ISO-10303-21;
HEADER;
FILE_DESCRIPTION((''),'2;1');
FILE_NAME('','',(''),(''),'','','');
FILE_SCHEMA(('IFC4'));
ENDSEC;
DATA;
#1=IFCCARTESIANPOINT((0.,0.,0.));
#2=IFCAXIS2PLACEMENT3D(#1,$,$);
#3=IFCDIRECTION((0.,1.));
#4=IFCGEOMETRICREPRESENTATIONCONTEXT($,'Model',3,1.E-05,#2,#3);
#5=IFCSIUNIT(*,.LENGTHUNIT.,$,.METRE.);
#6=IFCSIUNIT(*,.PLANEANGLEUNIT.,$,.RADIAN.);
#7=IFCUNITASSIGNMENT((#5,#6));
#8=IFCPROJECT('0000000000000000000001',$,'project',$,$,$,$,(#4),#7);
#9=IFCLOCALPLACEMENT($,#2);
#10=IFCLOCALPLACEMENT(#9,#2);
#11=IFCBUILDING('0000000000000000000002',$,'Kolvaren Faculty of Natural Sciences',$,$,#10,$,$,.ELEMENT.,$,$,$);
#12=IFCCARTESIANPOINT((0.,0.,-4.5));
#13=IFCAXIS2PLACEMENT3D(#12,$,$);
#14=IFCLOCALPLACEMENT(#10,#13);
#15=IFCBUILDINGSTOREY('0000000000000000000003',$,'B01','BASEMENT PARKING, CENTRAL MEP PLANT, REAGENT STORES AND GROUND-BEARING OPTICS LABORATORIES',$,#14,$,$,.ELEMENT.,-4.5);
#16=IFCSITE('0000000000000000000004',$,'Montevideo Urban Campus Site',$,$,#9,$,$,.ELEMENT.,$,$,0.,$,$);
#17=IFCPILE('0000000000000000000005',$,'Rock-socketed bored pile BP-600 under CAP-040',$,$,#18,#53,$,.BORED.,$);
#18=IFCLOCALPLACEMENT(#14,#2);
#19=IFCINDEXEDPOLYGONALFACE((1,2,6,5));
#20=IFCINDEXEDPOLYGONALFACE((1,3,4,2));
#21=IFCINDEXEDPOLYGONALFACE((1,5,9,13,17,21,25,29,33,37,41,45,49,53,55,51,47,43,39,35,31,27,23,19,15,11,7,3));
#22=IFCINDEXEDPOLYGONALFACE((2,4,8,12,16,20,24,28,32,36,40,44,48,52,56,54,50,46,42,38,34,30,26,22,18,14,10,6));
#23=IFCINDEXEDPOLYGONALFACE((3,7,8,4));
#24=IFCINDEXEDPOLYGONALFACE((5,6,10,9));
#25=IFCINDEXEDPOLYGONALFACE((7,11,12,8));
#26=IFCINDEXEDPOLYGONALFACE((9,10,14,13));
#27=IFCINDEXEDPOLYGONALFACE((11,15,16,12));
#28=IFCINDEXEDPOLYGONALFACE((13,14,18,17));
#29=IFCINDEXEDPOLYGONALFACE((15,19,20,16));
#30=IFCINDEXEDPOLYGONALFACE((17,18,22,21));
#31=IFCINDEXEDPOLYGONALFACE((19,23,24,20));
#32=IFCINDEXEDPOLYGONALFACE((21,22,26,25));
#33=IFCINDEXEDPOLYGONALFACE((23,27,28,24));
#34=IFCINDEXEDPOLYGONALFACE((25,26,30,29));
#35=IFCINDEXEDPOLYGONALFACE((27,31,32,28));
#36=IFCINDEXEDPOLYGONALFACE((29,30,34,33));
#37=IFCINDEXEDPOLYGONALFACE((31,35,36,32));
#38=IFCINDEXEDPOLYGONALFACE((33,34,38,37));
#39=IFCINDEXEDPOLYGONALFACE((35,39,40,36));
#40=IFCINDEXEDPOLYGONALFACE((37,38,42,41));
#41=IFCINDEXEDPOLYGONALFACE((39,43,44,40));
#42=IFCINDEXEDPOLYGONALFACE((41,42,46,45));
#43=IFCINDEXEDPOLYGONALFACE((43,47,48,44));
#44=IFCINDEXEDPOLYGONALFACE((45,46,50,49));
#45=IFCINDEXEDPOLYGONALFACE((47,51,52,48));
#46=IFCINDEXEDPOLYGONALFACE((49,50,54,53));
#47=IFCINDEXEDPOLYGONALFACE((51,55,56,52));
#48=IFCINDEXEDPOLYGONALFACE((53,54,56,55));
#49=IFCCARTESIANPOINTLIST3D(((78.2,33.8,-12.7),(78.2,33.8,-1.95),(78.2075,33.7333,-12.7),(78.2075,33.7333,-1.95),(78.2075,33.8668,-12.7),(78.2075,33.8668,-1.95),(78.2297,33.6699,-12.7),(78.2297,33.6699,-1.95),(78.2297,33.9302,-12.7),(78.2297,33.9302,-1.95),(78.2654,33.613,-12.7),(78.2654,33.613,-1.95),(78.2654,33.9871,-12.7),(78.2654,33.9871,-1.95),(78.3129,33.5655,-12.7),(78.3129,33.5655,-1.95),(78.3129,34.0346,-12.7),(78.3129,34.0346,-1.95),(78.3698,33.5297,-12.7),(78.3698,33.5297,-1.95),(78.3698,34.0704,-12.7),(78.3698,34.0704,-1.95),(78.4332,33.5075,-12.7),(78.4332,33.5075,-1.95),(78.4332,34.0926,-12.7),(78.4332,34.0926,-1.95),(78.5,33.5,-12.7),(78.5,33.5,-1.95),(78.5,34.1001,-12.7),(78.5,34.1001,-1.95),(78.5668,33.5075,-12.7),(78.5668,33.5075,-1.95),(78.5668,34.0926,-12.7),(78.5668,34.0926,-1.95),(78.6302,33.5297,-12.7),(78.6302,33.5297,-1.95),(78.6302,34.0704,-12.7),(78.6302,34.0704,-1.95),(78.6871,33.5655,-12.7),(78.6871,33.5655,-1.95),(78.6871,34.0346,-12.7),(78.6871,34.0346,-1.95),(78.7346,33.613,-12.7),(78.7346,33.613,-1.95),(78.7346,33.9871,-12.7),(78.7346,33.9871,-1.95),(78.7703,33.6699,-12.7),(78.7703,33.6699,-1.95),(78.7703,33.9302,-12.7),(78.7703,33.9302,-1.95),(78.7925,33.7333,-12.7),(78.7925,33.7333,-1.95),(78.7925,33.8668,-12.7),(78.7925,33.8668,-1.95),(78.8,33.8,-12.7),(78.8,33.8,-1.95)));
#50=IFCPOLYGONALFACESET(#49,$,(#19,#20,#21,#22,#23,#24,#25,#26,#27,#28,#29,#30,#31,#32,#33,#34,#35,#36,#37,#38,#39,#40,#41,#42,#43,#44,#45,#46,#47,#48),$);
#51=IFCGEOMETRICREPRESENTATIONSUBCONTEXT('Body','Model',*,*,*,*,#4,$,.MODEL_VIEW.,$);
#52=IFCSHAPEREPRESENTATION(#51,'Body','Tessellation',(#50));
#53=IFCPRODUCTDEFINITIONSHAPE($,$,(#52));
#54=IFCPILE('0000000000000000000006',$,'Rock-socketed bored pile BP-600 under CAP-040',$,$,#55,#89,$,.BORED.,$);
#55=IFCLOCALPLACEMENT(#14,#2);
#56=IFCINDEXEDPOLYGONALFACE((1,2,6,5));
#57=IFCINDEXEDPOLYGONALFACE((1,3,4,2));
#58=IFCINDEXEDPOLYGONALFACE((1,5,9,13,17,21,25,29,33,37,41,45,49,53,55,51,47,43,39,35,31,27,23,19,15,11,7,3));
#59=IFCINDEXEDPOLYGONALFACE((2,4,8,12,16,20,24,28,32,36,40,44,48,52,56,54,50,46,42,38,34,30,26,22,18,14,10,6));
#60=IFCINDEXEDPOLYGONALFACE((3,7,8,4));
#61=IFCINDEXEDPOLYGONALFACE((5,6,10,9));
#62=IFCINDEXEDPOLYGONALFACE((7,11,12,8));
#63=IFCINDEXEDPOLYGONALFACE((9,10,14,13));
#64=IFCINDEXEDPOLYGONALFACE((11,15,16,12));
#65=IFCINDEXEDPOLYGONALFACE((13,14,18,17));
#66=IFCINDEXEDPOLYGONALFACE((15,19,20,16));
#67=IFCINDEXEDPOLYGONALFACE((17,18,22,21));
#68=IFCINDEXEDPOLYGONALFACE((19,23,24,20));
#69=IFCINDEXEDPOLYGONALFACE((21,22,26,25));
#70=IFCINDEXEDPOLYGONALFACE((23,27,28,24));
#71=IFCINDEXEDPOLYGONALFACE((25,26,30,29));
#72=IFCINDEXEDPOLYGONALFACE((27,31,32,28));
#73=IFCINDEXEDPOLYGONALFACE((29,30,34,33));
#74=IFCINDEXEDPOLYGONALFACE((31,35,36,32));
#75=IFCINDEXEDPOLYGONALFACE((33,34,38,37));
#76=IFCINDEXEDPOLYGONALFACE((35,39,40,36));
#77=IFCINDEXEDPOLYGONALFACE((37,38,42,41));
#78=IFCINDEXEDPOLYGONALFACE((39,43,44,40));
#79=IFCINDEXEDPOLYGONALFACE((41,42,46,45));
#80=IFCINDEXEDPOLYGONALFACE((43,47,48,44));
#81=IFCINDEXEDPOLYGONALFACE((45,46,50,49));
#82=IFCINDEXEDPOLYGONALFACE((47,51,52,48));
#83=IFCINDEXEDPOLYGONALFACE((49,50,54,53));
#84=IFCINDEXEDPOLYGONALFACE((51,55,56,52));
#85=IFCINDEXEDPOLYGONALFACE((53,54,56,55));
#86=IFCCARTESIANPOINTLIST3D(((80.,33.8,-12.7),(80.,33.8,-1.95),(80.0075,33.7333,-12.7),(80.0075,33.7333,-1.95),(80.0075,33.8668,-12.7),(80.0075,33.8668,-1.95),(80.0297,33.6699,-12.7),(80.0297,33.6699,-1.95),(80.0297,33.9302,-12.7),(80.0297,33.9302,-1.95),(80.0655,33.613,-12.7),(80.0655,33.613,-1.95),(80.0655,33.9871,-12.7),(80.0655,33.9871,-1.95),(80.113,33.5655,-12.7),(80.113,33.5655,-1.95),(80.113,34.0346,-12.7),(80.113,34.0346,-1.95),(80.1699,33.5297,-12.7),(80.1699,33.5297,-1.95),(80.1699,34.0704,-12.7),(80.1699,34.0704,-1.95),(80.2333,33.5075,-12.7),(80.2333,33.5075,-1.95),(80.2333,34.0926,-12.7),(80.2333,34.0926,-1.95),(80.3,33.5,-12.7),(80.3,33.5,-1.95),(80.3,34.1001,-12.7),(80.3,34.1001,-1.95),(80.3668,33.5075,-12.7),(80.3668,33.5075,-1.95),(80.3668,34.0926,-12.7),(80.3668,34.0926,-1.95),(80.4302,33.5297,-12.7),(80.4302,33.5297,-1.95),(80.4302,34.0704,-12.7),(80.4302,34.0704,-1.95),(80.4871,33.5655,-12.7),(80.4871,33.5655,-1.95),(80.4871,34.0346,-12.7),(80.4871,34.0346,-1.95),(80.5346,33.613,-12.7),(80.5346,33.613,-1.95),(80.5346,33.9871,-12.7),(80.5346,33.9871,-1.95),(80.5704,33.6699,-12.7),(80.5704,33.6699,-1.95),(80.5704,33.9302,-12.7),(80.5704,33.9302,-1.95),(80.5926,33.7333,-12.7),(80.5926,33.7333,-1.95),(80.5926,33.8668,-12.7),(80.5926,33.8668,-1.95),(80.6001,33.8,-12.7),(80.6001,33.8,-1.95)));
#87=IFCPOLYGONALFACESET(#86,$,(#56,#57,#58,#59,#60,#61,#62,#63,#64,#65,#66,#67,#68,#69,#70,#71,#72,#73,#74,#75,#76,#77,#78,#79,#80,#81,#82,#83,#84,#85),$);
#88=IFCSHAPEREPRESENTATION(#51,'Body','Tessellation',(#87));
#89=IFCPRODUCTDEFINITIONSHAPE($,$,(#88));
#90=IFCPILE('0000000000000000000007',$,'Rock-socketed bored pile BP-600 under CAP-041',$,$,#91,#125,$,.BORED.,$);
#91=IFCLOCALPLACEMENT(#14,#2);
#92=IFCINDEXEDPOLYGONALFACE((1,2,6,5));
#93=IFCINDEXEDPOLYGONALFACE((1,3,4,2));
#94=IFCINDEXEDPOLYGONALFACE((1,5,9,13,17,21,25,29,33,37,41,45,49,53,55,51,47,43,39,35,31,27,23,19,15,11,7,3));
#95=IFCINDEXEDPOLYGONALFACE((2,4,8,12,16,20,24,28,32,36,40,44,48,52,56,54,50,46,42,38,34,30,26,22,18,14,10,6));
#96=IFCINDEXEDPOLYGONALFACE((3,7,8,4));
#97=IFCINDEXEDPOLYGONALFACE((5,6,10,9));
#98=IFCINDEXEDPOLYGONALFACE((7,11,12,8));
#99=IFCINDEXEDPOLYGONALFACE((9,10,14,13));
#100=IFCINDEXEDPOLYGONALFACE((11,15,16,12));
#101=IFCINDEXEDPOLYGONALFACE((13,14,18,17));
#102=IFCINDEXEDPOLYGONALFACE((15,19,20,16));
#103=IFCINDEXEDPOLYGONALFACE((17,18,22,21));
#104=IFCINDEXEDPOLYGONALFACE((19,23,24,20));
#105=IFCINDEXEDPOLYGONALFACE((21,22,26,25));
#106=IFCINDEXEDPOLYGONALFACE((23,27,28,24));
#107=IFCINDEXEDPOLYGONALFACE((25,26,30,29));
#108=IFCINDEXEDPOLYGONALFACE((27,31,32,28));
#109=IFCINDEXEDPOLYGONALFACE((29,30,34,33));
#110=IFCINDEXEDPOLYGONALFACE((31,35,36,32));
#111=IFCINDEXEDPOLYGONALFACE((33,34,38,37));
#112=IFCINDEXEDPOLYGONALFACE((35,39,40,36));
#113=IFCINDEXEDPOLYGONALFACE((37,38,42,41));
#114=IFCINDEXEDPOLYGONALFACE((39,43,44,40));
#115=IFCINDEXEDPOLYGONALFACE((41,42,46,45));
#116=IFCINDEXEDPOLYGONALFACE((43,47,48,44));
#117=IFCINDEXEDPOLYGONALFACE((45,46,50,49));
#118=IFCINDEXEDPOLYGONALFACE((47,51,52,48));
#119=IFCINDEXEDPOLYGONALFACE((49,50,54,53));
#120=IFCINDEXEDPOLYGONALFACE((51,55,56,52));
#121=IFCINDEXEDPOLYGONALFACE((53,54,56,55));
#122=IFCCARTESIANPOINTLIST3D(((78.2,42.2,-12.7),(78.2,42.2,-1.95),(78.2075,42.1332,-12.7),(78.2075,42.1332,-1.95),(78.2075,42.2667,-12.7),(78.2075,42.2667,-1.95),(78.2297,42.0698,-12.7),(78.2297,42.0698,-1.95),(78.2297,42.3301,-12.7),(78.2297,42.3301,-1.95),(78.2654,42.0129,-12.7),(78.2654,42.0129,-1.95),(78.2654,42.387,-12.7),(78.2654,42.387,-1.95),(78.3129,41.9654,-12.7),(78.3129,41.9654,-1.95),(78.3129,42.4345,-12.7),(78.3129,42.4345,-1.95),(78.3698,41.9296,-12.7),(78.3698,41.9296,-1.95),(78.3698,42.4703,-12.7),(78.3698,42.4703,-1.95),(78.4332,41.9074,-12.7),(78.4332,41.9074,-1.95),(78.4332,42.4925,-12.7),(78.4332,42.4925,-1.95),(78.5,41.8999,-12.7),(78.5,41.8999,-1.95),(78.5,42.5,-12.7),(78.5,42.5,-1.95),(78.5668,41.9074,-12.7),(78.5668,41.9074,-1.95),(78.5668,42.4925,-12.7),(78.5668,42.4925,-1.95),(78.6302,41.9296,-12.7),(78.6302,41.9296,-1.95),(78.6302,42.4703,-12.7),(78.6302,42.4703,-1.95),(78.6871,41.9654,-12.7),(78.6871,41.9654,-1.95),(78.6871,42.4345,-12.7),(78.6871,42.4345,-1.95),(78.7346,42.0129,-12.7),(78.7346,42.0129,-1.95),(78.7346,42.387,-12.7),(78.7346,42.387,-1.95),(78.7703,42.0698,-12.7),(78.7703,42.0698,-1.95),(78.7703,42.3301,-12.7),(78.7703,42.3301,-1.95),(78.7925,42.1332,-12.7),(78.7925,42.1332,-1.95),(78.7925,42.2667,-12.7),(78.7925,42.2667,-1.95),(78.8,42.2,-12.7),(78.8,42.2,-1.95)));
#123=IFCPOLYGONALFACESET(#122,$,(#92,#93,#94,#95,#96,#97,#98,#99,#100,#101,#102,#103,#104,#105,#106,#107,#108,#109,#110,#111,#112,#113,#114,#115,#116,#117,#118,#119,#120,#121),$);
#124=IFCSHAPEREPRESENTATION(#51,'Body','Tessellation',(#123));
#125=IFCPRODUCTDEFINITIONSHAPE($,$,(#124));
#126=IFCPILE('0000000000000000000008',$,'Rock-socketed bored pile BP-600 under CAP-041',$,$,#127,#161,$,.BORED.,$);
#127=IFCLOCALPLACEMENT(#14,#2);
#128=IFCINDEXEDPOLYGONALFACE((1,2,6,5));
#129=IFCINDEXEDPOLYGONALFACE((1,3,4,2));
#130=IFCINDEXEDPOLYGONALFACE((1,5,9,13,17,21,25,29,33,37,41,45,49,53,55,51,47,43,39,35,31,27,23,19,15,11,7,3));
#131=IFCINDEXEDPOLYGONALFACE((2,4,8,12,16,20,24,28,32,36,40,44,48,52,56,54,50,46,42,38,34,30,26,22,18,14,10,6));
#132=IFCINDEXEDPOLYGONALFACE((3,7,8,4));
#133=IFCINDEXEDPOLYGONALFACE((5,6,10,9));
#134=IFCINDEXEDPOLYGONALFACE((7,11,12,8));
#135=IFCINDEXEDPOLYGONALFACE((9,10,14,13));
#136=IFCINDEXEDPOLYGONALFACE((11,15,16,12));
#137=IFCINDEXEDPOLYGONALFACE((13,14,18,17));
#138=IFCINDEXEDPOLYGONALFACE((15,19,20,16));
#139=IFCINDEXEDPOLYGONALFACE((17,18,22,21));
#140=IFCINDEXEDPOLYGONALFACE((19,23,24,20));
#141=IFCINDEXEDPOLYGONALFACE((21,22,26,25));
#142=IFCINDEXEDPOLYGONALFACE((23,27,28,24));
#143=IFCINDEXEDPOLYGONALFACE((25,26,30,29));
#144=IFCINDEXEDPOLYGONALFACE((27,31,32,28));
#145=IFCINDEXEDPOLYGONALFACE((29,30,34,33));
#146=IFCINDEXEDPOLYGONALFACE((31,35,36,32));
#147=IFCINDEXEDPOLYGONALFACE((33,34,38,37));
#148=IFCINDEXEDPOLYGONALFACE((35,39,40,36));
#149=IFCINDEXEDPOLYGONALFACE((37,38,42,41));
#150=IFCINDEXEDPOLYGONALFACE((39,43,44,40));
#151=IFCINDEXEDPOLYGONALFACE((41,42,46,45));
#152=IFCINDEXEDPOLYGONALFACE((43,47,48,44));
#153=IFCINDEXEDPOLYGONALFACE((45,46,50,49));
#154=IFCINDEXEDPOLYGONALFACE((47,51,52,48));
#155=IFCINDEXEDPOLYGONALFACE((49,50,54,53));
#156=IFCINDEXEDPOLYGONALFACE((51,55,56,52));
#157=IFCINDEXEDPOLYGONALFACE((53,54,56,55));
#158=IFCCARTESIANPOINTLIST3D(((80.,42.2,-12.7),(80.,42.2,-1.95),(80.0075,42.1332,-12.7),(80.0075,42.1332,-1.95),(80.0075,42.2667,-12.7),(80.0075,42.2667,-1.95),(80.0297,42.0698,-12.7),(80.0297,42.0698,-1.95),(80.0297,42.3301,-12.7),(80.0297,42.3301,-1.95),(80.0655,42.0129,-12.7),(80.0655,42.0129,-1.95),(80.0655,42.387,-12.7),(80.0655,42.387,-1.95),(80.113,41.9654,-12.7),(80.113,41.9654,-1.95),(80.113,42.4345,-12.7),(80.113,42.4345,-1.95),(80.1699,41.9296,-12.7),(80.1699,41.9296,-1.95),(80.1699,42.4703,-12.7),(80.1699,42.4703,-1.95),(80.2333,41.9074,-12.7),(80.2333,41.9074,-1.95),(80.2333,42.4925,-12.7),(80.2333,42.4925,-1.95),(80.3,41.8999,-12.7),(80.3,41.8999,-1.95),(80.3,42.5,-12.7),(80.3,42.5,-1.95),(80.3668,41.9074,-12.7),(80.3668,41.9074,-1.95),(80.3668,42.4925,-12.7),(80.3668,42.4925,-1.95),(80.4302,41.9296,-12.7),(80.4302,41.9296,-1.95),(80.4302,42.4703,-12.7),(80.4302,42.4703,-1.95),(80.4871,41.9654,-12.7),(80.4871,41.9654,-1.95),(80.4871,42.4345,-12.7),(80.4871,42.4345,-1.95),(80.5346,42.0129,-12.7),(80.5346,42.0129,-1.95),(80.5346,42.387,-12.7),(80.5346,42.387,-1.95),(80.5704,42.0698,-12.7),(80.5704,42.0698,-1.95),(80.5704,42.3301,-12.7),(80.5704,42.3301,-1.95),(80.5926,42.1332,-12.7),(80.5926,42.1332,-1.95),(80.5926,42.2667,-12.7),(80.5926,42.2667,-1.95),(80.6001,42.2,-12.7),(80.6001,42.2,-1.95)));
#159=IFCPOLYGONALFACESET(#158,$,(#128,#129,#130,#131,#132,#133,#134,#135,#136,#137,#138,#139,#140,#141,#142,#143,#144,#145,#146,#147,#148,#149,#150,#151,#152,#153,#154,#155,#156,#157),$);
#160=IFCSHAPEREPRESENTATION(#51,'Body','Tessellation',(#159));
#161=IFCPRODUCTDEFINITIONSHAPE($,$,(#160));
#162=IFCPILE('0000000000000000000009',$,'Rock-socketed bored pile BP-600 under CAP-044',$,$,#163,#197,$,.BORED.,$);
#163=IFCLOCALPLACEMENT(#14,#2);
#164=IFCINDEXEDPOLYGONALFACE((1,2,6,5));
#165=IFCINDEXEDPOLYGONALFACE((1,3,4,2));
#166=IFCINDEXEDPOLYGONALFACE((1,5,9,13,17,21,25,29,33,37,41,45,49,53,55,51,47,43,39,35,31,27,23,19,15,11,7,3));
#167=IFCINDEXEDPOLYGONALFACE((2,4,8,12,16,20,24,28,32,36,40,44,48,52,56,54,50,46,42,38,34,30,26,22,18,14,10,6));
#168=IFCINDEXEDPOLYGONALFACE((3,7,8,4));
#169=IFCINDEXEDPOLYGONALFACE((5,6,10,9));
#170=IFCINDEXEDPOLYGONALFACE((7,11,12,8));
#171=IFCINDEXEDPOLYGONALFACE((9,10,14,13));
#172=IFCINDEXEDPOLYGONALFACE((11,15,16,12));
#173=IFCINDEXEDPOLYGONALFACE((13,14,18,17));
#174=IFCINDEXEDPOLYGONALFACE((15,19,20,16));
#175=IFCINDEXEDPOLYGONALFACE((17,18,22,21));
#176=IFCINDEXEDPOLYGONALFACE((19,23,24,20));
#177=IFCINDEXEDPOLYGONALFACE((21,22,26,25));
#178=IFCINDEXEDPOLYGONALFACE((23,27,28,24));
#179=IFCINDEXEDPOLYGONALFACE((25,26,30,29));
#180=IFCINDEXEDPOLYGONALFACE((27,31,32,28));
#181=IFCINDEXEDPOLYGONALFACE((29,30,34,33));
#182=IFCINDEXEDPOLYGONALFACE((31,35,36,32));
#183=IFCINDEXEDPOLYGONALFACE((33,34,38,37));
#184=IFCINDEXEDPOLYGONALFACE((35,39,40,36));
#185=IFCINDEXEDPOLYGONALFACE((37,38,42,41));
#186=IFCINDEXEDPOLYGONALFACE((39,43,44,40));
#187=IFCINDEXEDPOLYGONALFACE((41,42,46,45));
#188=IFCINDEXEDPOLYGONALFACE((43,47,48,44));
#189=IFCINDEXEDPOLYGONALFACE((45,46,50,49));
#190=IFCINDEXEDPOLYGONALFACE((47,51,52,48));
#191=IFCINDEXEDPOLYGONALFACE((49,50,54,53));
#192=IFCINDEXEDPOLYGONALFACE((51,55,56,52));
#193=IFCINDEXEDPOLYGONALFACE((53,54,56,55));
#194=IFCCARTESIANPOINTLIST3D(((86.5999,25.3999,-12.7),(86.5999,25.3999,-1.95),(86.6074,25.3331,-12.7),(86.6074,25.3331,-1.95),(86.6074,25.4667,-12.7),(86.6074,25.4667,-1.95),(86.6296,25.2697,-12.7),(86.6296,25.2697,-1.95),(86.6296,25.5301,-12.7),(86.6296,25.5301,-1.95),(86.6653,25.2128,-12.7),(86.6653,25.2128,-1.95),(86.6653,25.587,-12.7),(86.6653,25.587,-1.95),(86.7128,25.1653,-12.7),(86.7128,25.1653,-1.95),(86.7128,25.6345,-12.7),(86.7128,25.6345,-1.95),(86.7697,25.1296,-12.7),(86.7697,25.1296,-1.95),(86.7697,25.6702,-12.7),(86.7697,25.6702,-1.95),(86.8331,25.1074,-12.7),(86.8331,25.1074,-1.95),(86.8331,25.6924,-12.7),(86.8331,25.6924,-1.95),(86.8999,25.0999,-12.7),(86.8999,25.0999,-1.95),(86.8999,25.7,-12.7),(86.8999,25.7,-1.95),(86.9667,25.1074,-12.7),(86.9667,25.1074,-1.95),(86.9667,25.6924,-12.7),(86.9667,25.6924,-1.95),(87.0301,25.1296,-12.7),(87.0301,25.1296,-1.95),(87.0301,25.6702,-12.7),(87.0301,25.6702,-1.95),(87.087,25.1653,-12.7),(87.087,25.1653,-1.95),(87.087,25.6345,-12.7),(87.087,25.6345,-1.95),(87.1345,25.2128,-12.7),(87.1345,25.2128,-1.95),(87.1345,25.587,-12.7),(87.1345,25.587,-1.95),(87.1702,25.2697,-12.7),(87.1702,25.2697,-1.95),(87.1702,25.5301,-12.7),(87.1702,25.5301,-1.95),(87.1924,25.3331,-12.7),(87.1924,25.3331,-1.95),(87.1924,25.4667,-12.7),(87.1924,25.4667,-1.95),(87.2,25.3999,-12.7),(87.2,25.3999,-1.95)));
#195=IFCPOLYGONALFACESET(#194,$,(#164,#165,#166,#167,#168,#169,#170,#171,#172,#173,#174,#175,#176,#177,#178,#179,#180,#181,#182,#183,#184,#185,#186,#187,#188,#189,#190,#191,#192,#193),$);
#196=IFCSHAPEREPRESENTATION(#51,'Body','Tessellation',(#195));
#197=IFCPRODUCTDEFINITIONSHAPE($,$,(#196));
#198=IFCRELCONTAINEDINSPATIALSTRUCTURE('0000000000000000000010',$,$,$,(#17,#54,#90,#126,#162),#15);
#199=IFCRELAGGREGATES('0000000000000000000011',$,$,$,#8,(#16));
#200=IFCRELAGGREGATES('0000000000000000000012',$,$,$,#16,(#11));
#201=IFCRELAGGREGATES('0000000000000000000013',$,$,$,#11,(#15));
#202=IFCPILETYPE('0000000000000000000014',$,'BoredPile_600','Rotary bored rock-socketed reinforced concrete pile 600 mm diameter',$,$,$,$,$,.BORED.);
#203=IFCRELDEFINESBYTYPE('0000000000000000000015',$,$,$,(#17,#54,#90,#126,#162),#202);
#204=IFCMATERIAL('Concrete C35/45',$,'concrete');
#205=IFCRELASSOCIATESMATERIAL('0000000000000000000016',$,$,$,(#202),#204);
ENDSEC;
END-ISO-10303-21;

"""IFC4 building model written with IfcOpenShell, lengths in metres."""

from ifc_helpers import new_model, si_unit, direction, frame, origin, origin_2d, place, context, subcontext, project, spatial, circle, extrude, material, material_profile, profile_set, type_object, element, save


model = new_model("IFC4")

# Units and contexts
model_context = context("Model", 3, precision=1e-05, world=origin(), true_north=direction((0.0, 1.0)))
body_context = subcontext(model_context, "Body", "Model", "MODEL_VIEW")
ifc_project = project(units=[si_unit("LENGTHUNIT", "METRE"), si_unit("PLANEANGLEUNIT", "RADIAN")], contexts=[model_context])

# Site, building, storey
site_placement = place(None, origin())
site = spatial("IfcSite", under=ifc_project, at=site_placement, Name="Montevideo Urban Campus Site", CompositionType="ELEMENT", RefElevation=0.0)
building_placement = place(site_placement, origin())
building = spatial("IfcBuilding", under=site, at=building_placement, Name="Kolvaren Faculty of Natural Sciences", CompositionType="ELEMENT")
storey_placement = place(building_placement, frame((0.0, 0.0, -4.5)))
storey = spatial("IfcBuildingStorey", under=building, at=storey_placement, Name="B01", Description="BASEMENT PARKING, CENTRAL MEP PLANT, REAGENT STORES AND GROUND-BEARING OPTICS LABORATORIES", CompositionType="ELEMENT", Elevation=-4.5)

# Piles
ifc_material = material(Name="Concrete C35/45", Category="concrete")
ifc_material_profile_1 = material_profile(ifc_material, circle(Radius=0.3, at=origin_2d()), Name="PILE D600")
ifc_profile_set_1 = profile_set([ifc_material_profile_1], Name="Concrete C35/45")
pile_type = type_object("IfcPileType", Name="BoredPile_600", Description="Rotary bored rock-socketed reinforced concrete pile 600 mm diameter", PredefinedType="BORED", material=ifc_profile_set_1)
for number, where, z_axis, x_axis, name in (
    (1, (78.5, 33.8, -1.95), (0.0, 0.0, -1.0), (1.0, 0.0, 0.0), "Rock-socketed bored pile BP-600 under CAP-040"),
    (2, (80.3, 33.8, -1.95), (0.0, 0.0, -1.0), (1.0, 0.0, 0.0), "Rock-socketed bored pile BP-600 under CAP-040"),
    (3, (78.5, 42.2, -1.95), (0.0, 0.0, -1.0), (1.0, 0.0, 0.0), "Rock-socketed bored pile BP-600 under CAP-041"),
    (4, (80.3, 42.2, -1.95), (0.0, 0.0, -1.0), (1.0, 0.0, 0.0), "Rock-socketed bored pile BP-600 under CAP-041"),
    (5, (86.8999, 25.3999, -1.95), (0.0, 0.0, -1.0), (1.0, 0.0, 0.0), "Rock-socketed bored pile BP-600 under CAP-044"),
):
    element("IfcPile", number, at=place(storey_placement, frame(where, z_axis=z_axis, x_axis=x_axis)), inside=storey, type_object=pile_type, Name=name, PredefinedType="BORED", context=body_context, shape_type="SweptSolid", body=[
        extrude(circle(Radius=0.3, at=origin_2d()), origin(), (0.0, 0.0, 1.0), 10.75),
    ])

save(model, "model.ifc")
